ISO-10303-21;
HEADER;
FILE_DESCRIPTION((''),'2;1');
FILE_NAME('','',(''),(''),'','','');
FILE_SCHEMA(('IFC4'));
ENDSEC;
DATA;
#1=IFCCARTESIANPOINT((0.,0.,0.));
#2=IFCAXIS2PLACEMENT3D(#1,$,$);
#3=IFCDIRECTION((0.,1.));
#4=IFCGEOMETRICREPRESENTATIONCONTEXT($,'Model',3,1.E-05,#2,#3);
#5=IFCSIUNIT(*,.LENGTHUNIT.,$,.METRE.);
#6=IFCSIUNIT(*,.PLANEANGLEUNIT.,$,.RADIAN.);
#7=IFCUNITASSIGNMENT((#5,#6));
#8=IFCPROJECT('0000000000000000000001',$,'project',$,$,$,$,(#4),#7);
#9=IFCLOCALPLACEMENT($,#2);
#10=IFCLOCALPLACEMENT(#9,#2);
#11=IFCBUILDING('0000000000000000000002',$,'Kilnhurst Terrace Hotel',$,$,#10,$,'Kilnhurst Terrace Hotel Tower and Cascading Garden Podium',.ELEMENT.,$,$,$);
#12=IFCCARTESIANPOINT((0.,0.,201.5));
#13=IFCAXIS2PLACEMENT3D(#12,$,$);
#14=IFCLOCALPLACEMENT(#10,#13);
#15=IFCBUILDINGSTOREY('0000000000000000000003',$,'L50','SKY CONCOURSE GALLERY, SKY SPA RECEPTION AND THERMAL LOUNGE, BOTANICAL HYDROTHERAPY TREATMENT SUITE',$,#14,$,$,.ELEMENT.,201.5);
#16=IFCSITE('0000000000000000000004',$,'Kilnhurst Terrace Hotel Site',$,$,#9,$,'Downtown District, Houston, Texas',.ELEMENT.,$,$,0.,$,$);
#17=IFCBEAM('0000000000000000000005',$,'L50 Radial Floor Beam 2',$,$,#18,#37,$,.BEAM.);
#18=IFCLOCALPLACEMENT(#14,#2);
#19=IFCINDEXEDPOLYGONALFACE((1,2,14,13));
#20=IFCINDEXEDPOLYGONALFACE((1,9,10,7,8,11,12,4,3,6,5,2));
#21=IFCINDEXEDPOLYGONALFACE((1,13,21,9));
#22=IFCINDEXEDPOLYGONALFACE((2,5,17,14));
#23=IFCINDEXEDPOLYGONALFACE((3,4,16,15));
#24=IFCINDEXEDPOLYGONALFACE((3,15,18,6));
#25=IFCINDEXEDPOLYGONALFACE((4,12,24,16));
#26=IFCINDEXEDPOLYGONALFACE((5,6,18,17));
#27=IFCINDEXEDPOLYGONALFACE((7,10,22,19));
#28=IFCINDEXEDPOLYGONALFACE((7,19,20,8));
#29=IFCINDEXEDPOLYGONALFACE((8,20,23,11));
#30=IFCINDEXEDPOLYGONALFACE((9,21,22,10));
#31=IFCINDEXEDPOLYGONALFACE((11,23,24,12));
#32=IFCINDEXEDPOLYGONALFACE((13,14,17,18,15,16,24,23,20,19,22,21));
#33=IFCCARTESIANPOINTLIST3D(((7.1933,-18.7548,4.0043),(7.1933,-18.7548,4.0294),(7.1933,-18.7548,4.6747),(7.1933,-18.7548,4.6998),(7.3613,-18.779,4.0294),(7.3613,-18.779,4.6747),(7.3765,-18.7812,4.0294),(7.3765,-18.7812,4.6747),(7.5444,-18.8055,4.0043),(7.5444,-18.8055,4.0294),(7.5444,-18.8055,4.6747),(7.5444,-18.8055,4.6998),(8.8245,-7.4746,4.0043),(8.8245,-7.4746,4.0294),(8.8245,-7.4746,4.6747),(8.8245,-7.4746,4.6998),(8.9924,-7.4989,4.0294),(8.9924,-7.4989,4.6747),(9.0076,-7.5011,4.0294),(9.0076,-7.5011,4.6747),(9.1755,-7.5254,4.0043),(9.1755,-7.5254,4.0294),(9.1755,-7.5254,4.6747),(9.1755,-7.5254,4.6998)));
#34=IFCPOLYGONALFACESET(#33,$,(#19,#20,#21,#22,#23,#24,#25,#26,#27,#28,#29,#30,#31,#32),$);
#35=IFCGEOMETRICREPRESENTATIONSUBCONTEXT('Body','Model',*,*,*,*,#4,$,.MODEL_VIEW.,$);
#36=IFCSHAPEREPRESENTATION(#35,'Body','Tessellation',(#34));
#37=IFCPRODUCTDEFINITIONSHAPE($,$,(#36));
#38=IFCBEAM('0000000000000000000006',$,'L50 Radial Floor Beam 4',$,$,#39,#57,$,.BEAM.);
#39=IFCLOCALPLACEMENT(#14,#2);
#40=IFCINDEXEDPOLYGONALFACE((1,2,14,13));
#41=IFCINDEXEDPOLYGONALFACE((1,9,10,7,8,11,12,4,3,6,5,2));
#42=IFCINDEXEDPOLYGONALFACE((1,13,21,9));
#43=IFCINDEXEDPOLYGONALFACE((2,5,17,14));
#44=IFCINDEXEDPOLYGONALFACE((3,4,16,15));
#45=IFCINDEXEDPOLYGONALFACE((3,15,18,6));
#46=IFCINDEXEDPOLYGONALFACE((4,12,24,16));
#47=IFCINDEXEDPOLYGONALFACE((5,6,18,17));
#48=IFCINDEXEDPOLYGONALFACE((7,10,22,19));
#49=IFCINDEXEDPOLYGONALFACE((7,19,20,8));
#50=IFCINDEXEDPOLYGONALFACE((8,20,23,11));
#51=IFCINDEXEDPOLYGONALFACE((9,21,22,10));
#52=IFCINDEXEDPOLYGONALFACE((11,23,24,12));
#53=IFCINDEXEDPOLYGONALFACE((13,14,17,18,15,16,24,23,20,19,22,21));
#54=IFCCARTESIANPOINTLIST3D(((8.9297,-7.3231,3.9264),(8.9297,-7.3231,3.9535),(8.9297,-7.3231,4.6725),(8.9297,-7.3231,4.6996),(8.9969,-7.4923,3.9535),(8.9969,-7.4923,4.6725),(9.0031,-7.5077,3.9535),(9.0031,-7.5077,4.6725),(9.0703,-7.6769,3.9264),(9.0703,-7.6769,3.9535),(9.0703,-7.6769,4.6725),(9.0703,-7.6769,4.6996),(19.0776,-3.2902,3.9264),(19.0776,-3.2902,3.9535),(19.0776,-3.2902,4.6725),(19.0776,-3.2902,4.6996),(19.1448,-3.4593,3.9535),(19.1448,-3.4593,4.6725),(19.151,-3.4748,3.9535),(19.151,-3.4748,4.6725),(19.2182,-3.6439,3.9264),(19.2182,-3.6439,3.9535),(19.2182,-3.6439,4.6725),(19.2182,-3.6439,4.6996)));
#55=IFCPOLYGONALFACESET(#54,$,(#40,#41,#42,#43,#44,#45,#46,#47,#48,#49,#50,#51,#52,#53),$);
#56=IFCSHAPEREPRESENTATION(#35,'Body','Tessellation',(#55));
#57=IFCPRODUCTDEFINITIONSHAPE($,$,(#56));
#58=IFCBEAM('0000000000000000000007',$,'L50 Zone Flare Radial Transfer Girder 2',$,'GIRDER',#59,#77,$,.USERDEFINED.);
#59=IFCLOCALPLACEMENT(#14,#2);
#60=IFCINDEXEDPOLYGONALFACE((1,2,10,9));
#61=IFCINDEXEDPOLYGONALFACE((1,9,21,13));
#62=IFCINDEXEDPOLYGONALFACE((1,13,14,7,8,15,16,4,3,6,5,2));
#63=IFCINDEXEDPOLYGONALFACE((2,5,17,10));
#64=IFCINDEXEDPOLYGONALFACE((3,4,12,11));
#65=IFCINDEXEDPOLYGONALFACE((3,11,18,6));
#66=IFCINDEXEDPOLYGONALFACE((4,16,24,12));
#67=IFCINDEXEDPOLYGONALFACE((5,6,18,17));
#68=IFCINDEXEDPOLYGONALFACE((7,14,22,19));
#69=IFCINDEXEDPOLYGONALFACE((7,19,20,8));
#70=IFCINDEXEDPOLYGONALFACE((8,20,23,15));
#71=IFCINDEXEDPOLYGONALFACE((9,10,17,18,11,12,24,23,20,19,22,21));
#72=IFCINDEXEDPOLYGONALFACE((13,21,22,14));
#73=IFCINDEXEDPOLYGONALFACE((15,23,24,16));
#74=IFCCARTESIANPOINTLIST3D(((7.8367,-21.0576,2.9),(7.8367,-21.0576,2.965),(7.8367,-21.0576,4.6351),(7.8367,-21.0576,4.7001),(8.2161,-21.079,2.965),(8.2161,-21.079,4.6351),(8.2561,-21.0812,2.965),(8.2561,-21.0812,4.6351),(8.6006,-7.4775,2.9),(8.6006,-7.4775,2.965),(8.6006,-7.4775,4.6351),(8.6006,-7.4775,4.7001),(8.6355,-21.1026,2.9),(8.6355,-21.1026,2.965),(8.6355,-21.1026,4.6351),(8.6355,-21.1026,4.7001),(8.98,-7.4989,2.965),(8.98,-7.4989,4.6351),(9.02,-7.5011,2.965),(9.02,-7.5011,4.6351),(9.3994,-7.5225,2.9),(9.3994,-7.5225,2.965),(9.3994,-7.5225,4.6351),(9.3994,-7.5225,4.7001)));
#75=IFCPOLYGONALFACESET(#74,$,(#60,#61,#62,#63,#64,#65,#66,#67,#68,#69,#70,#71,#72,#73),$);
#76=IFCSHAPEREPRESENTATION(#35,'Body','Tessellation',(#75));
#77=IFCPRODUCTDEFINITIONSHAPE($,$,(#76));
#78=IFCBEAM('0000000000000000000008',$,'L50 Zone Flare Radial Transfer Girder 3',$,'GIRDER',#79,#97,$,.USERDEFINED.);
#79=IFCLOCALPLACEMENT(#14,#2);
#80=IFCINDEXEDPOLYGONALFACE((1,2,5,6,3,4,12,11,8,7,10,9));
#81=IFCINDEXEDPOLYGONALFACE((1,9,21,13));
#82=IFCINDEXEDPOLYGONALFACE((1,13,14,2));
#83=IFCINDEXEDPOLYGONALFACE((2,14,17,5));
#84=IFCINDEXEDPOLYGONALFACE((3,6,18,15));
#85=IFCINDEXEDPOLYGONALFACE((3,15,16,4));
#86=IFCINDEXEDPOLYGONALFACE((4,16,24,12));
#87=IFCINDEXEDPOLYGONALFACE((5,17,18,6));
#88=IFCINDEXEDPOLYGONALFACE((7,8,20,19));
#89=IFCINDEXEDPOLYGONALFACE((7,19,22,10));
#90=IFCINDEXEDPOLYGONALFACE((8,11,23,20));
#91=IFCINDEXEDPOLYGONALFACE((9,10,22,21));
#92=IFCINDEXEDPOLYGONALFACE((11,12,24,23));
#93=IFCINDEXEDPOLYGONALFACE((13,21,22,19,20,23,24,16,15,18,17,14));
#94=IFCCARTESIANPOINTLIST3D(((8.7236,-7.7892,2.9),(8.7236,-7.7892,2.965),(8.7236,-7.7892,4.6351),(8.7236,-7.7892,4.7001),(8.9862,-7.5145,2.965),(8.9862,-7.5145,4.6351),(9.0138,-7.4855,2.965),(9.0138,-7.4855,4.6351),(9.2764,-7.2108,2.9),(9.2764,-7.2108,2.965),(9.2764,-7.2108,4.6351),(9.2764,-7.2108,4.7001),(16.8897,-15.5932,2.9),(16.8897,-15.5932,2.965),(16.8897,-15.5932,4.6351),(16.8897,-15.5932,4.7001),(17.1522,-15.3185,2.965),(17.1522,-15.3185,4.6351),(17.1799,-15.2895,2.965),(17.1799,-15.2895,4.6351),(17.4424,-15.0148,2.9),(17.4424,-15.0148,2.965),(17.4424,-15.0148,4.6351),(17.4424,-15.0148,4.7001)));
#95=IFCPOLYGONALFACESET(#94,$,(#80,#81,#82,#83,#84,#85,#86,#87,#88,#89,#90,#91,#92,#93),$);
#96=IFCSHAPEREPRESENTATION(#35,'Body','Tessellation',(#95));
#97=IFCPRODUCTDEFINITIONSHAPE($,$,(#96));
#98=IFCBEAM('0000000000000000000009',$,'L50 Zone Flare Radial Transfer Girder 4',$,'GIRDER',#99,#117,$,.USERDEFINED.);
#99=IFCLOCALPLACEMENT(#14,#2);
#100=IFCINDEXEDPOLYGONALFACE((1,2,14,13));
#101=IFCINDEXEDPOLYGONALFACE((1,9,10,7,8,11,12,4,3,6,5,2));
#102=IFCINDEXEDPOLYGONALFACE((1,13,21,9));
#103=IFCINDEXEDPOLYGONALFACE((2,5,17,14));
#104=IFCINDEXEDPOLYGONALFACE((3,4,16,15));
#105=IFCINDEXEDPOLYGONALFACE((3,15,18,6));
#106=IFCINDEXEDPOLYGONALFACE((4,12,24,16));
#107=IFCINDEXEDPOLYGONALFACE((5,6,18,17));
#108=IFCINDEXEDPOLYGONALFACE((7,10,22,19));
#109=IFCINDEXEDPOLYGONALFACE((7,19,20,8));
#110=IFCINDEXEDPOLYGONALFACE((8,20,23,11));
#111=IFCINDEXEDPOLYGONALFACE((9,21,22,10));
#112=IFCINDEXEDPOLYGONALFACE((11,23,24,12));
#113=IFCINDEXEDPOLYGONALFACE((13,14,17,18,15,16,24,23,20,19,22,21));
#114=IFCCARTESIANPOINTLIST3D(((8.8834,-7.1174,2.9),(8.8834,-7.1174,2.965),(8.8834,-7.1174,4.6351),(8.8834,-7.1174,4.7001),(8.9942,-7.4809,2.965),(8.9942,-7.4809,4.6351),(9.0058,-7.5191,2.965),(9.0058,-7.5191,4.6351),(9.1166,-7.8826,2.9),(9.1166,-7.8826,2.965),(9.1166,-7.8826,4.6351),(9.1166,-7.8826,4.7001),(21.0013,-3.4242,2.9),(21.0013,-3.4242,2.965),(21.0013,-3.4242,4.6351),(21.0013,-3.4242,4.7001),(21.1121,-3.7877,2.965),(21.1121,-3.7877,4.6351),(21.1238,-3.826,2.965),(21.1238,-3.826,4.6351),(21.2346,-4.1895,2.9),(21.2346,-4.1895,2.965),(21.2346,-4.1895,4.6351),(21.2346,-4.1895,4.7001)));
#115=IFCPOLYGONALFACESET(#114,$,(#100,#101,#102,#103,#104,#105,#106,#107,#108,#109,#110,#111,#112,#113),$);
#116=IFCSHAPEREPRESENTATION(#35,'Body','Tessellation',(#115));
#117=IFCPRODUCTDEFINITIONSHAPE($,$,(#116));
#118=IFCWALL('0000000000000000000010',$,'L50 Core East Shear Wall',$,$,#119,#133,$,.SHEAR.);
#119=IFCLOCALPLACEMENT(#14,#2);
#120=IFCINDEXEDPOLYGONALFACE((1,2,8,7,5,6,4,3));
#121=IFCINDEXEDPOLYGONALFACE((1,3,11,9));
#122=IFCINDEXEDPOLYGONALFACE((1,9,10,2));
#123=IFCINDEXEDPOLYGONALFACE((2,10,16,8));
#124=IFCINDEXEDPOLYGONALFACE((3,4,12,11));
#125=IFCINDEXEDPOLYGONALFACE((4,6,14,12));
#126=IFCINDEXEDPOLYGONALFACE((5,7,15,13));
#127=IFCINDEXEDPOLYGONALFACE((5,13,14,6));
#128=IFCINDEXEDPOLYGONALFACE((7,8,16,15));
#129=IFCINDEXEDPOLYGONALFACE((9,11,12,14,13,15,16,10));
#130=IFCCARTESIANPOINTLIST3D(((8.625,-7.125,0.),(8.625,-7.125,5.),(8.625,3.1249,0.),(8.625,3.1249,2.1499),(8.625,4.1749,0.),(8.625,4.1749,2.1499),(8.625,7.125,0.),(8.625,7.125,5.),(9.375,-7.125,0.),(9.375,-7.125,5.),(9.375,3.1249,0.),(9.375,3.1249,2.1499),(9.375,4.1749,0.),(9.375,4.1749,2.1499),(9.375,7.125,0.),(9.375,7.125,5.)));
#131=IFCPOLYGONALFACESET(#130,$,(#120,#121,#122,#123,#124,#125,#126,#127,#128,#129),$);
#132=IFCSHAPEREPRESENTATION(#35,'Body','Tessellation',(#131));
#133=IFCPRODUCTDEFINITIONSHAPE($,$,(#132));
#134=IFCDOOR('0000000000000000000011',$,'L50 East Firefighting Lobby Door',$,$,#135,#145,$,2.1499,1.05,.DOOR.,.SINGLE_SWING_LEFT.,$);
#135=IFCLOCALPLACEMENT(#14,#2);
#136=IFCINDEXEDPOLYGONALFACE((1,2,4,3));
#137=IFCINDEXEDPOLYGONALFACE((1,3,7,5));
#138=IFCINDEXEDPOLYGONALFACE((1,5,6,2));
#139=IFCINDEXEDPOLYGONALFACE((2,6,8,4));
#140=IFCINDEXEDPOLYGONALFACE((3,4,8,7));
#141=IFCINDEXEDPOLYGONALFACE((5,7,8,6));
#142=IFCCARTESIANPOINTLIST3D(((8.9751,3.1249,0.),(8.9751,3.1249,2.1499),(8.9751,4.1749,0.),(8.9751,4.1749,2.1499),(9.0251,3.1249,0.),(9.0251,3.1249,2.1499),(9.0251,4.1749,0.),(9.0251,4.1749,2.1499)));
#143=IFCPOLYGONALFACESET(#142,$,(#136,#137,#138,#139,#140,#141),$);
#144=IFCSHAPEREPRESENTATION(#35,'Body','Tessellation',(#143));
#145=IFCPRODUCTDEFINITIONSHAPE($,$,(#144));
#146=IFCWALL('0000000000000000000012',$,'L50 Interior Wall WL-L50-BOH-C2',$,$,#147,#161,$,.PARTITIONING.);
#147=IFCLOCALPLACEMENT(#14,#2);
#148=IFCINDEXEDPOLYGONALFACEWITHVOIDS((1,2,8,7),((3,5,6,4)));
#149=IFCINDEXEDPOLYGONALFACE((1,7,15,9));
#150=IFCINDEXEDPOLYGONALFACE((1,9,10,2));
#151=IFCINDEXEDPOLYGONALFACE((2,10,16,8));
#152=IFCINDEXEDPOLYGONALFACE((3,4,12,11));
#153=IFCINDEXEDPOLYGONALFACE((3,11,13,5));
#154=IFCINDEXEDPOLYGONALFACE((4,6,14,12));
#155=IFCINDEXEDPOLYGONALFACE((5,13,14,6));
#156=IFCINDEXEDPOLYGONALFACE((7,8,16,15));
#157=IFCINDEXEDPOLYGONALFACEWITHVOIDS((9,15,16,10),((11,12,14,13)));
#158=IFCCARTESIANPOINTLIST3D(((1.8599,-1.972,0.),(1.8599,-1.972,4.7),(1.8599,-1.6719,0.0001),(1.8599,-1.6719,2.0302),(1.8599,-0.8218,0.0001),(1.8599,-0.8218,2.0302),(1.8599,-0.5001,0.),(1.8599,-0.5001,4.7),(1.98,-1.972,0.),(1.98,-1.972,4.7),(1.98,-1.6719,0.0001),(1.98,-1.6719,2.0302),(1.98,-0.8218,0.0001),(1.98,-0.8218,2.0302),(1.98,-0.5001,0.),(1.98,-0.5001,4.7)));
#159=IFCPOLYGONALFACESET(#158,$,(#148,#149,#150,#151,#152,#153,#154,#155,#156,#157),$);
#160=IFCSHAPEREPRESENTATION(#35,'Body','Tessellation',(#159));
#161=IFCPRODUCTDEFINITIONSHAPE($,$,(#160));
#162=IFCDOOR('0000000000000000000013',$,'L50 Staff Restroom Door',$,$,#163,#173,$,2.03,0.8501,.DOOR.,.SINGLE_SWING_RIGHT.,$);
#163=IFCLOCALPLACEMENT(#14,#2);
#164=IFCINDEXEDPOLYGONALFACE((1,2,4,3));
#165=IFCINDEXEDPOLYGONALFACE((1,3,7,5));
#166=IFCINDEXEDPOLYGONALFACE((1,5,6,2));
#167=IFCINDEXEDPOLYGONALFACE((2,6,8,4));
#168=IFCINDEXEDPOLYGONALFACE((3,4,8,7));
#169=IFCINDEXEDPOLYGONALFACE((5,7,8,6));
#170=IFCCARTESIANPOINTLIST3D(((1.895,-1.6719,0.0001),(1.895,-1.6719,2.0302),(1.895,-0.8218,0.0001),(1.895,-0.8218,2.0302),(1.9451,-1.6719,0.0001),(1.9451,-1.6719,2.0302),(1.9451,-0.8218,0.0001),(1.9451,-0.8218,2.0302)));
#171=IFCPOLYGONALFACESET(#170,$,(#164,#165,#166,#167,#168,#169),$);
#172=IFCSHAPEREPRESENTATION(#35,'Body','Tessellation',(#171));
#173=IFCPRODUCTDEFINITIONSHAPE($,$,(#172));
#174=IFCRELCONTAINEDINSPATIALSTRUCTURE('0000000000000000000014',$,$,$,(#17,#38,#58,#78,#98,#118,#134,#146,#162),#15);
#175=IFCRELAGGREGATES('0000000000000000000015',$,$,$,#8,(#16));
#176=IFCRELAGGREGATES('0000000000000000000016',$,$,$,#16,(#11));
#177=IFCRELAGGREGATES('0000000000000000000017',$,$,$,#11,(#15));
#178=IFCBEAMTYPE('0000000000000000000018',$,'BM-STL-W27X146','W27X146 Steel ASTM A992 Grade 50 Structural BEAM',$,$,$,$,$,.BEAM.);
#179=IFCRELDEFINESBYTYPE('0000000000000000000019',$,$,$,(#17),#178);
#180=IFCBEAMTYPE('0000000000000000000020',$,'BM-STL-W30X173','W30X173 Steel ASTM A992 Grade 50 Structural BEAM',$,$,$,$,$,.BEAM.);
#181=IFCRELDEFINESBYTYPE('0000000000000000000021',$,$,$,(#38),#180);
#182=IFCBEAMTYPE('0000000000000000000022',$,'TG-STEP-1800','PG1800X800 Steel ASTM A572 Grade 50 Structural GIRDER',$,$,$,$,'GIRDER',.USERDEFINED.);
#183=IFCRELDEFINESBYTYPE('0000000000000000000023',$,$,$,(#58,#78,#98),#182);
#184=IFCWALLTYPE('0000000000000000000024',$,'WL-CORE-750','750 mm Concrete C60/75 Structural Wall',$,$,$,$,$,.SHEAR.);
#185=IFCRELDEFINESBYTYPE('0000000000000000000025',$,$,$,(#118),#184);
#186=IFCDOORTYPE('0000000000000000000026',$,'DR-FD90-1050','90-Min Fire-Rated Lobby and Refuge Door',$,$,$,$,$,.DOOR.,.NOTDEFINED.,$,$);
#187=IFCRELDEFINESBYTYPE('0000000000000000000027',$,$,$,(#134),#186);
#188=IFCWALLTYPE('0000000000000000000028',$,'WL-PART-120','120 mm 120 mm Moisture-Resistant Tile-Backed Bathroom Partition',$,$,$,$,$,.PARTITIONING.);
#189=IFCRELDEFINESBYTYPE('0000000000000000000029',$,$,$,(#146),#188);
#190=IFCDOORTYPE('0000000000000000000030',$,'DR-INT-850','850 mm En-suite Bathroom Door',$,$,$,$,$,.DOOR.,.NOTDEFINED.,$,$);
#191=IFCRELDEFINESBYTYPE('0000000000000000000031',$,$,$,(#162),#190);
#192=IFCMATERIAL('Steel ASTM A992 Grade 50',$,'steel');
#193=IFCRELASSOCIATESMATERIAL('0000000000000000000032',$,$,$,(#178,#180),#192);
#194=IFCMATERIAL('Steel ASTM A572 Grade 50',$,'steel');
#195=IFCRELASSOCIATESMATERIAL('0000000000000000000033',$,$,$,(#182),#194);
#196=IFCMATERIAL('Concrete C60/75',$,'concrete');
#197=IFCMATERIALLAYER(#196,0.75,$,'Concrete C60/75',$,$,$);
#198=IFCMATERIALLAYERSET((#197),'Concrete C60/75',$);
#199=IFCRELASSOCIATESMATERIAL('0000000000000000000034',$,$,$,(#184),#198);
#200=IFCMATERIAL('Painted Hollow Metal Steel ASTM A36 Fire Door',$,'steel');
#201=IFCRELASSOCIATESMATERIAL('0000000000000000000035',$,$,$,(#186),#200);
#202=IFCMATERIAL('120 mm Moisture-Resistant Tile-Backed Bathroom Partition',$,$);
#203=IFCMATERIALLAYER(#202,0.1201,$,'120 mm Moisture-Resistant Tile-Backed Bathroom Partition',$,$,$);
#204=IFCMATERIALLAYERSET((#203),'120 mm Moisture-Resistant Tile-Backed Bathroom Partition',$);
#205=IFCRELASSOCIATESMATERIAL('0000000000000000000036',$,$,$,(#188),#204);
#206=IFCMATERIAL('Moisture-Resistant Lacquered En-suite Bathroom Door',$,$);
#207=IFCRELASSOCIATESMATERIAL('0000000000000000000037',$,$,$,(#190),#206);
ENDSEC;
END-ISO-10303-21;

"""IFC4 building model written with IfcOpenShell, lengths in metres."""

from ifc_helpers import new_model, si_unit, direction, frame, frame_2d, origin, origin_2d, place, context, subcontext, project, spatial, rectangle, i_section, extrude, material, layer, layer_set, material_profile, profile_set, type_object, element, fill, save


model = new_model("IFC4")

# Units and contexts
model_context = context("Model", 3, precision=1e-05, world=origin(), true_north=direction((0.0, 1.0)))
body_context = subcontext(model_context, "Body", "Model", "MODEL_VIEW")
ifc_project = project(units=[si_unit("LENGTHUNIT", "METRE"), si_unit("PLANEANGLEUNIT", "RADIAN")], contexts=[model_context])

# Site, building, storey
site_placement = place(None, origin())
site = spatial("IfcSite", under=ifc_project, at=site_placement, Name="Kilnhurst Terrace Hotel Site", LongName="Downtown District, Houston, Texas", CompositionType="ELEMENT", RefElevation=0.0)
building_placement = place(site_placement, origin())
building = spatial("IfcBuilding", under=site, at=building_placement, Name="Kilnhurst Terrace Hotel", LongName="Kilnhurst Terrace Hotel Tower and Cascading Garden Podium", CompositionType="ELEMENT")
storey_placement = place(building_placement, frame((0.0, 0.0, 201.5)))
storey = spatial("IfcBuildingStorey", under=building, at=storey_placement, Name="L50", Description="SKY CONCOURSE GALLERY, SKY SPA RECEPTION AND THERMAL LOUNGE, BOTANICAL HYDROTHERAPY TREATMENT SUITE", CompositionType="ELEMENT", Elevation=201.5)

# Beams
ifc_material_1 = material(Name="Steel ASTM A992 Grade 50", Category="steel")
ifc_material_profile_1 = material_profile(ifc_material_1, i_section(OverallWidth=0.3547, OverallDepth=0.6956, WebThickness=0.0154, FlangeThickness=0.0251, at=origin_2d()), Name="W27X146")
ifc_profile_set_1 = profile_set([ifc_material_profile_1], Name="Steel ASTM A992 Grade 50")
beam_type_1 = type_object("IfcBeamType", Name="BM-STL-W27X146", Description="W27X146 Steel ASTM A992 Grade 50 Structural BEAM", PredefinedType="BEAM", material=ifc_profile_set_1)
beam_1_placement = place(storey_placement, frame((9.0, -7.5, 4.3521), z_axis=(-0.143113, -0.989706, 0.0), x_axis=(0.989706, -0.143113, 0.0)))
element("IfcBeam", 1, at=beam_1_placement, inside=storey, type_object=beam_type_1, Name="L50 Radial Floor Beam 2", PredefinedType="BEAM", context=body_context, shape_type="SweptSolid", body=[
    extrude(i_section(OverallWidth=0.3547, OverallDepth=0.6956, WebThickness=0.0154, FlangeThickness=0.0251, at=origin_2d()), origin(), (0.0, 0.0, 1.0), 11.3975),
])
ifc_material_profile_2 = material_profile(ifc_material_1, i_section(OverallWidth=0.3806, OverallDepth=0.7732, WebThickness=0.0166, FlangeThickness=0.0271, at=origin_2d()), Name="W30X173")
ifc_profile_set_2 = profile_set([ifc_material_profile_2], Name="Steel ASTM A992 Grade 50")
beam_type_2 = type_object("IfcBeamType", Name="BM-STL-W30X173", Description="W30X173 Steel ASTM A992 Grade 50 Structural BEAM", PredefinedType="BEAM", material=ifc_profile_set_2)
beam_2_placement = place(storey_placement, frame((9.0, -7.5, 4.313), z_axis=(0.929302, 0.36932, 0.0), x_axis=(-0.36932, 0.929302, 0.0)))
element("IfcBeam", 2, at=beam_2_placement, inside=storey, type_object=beam_type_2, Name="L50 Radial Floor Beam 4", PredefinedType="BEAM", context=body_context, shape_type="SweptSolid", body=[
    extrude(i_section(OverallWidth=0.3806, OverallDepth=0.7732, WebThickness=0.0166, FlangeThickness=0.0271, at=origin_2d()), origin(), (0.0, 0.0, 1.0), 10.9199),
])
ifc_material_2 = material(Name="Steel ASTM A572 Grade 50", Category="steel")
ifc_material_profile_3 = material_profile(ifc_material_2, i_section(OverallWidth=0.8, OverallDepth=1.8, WebThickness=0.04, FlangeThickness=0.0649, at=origin_2d()), Name="PG1800X800")
ifc_profile_set_3 = profile_set([ifc_material_profile_3], Name="Steel ASTM A572 Grade 50")
beam_type_3 = type_object("IfcBeamType", Name="TG-STEP-1800", Description="PG1800X800 Steel ASTM A572 Grade 50 Structural GIRDER", ElementType="GIRDER", PredefinedType="USERDEFINED", material=ifc_profile_set_3)
beam_3_placement = place(storey_placement, frame((9.0, -7.5, 3.8), z_axis=(-0.056164, -0.998422, 0.0), x_axis=(0.998422, -0.056164, 0.0)))
element("IfcBeam", 3, at=beam_3_placement, inside=storey, type_object=beam_type_3, Name="L50 Zone Flare Radial Transfer Girder 2", ObjectType="GIRDER", PredefinedType="USERDEFINED", context=body_context, shape_type="SweptSolid", body=[
    extrude(i_section(OverallWidth=0.8, OverallDepth=1.8, WebThickness=0.04, FlangeThickness=0.0649, at=origin_2d()), origin(), (0.0, 0.0, 1.0), 13.6016),
])
beam_4_placement = place(storey_placement, frame((9.0, -7.5, 3.8), z_axis=(0.722952, -0.690898, 0.0), x_axis=(0.690898, 0.722952, 0.0)))
element("IfcBeam", 4, at=beam_4_placement, inside=storey, type_object=beam_type_3, Name="L50 Zone Flare Radial Transfer Girder 3", ObjectType="GIRDER", PredefinedType="USERDEFINED", context=body_context, shape_type="SweptSolid", body=[
    extrude(i_section(OverallWidth=0.8, OverallDepth=1.8, WebThickness=0.04, FlangeThickness=0.0649, at=origin_2d()), origin(), (0.0, 0.0, 1.0), 11.2954),
])
beam_5_placement = place(storey_placement, frame((9.0, -7.5, 3.8), z_axis=(0.956563, 0.291527, 0.0), x_axis=(-0.291527, 0.956563, 0.0)))
element("IfcBeam", 5, at=beam_5_placement, inside=storey, type_object=beam_type_3, Name="L50 Zone Flare Radial Transfer Girder 4", ObjectType="GIRDER", PredefinedType="USERDEFINED", context=body_context, shape_type="SweptSolid", body=[
    extrude(i_section(OverallWidth=0.8, OverallDepth=1.8, WebThickness=0.04, FlangeThickness=0.0649, at=origin_2d()), origin(), (0.0, 0.0, 1.0), 12.6682),
])

# Walls, openings, doors
ifc_material_3 = material(Name="Concrete C60/75", Category="concrete")
ifc_layer_1 = layer(ifc_material_3, 0.75, Name="Concrete C60/75")
ifc_layer_set_1 = layer_set([ifc_layer_1], Name="Concrete C60/75")
wall_type_1 = type_object("IfcWallType", Name="WL-CORE-750", Description="750 mm Concrete C60/75 Structural Wall", PredefinedType="SHEAR", material=ifc_layer_set_1)
wall_1_placement = place(storey_placement, frame((9.0, -7.125, 0.0), z_axis=(0.0, 0.0, 1.0), x_axis=(0.0, 1.0, 0.0)))
wall_1 = element("IfcWall", 6, at=wall_1_placement, inside=storey, type_object=wall_type_1, Name="L50 Core East Shear Wall", PredefinedType="SHEAR", context=body_context, shape_type="SweptSolid", body=[
    extrude(rectangle(XDim=14.25, YDim=0.75, at=frame_2d((7.125, 0.0))), origin(), (0.0, 0.0, 1.0), 5.0),
])
opening_1_placement = place(wall_1_placement, frame((10.25, 0.0, 0.0)))
opening_1 = element("IfcOpeningElement", 7, at=opening_1_placement, cuts=wall_1, PredefinedType="OPENING", context=body_context, shape_type="SweptSolid", body=[
    extrude(rectangle(XDim=1.05, YDim=2.1499, at=frame_2d((0.5249, 1.075))), frame((0.0, 0.385, 0.0), z_axis=(0.0, -1.0, 0.0), x_axis=(1.0, 0.0, 0.0)), (0.0, 0.0, 1.0), 0.77),
])
ifc_material_4 = material(Name="Painted Hollow Metal Steel ASTM A36 Fire Door", Category="steel")
door_type_1 = type_object("IfcDoorType", Name="DR-FD90-1050", Description="90-Min Fire-Rated Lobby and Refuge Door", OperationType="NOTDEFINED", PredefinedType="DOOR", material=ifc_material_4)
door_1_placement = place(opening_1_placement, origin())
door_1 = element("IfcDoor", 8, at=door_1_placement, inside=storey, type_object=door_type_1, Name="L50 East Firefighting Lobby Door", OperationType="SINGLE_SWING_LEFT", OverallHeight=2.1499, OverallWidth=1.05, PredefinedType="DOOR", context=body_context, shape_type="SweptSolid", body=[
    extrude(rectangle(XDim=1.05, YDim=2.1499, at=frame_2d((0.5249, 1.075))), frame((0.0, 0.0249, 0.0), z_axis=(0.0, -1.0, 0.0), x_axis=(1.0, 0.0, 0.0)), (0.0, 0.0, 1.0), 0.05),
])
fill(opening_1, door_1)
ifc_material_5 = material(Name="120 mm Moisture-Resistant Tile-Backed Bathroom Partition")
ifc_layer_2 = layer(ifc_material_5, 0.1201, Name="120 mm Moisture-Resistant Tile-Backed Bathroom Partition")
ifc_layer_set_2 = layer_set([ifc_layer_2], Name="120 mm Moisture-Resistant Tile-Backed Bathroom Partition")
wall_type_2 = type_object("IfcWallType", Name="WL-PART-120", Description="120 mm 120 mm Moisture-Resistant Tile-Backed Bathroom Partition", PredefinedType="PARTITIONING", material=ifc_layer_set_2)
wall_2_placement = place(storey_placement, frame((1.9199, -1.9719, 0.0), z_axis=(0.0, 0.0, 1.0), x_axis=(0.0, 1.0, 0.0)))
wall_2 = element("IfcWall", 9, at=wall_2_placement, inside=storey, type_object=wall_type_2, Name="L50 Interior Wall WL-L50-BOH-C2", PredefinedType="PARTITIONING", context=body_context, shape_type="SweptSolid", body=[
    extrude(rectangle(XDim=1.4719, YDim=0.1201, at=frame_2d((0.7358, 0.0))), origin(), (0.0, 0.0, 1.0), 4.7),
])
opening_2_placement = place(wall_2_placement, frame((0.3, 0.0, 0.0)))
opening_2 = element("IfcOpeningElement", 10, at=opening_2_placement, cuts=wall_2, PredefinedType="OPENING", context=body_context, shape_type="SweptSolid", body=[
    extrude(rectangle(XDim=0.8501, YDim=2.03, at=frame_2d((0.425, 1.0151))), frame((0.0, 0.0701, 0.0), z_axis=(0.0, -1.0, 0.0), x_axis=(1.0, 0.0, 0.0)), (0.0, 0.0, 1.0), 0.1401),
])
ifc_material_6 = material(Name="Moisture-Resistant Lacquered En-suite Bathroom Door")
door_type_2 = type_object("IfcDoorType", Name="DR-INT-850", Description="850 mm En-suite Bathroom Door", OperationType="NOTDEFINED", PredefinedType="DOOR", material=ifc_material_6)
door_2_placement = place(opening_2_placement, origin())
door_2 = element("IfcDoor", 11, at=door_2_placement, inside=storey, type_object=door_type_2, Name="L50 Staff Restroom Door", OperationType="SINGLE_SWING_RIGHT", OverallHeight=2.03, OverallWidth=0.8501, PredefinedType="DOOR", context=body_context, shape_type="SweptSolid", body=[
    extrude(rectangle(XDim=0.8501, YDim=2.03, at=frame_2d((0.425, 1.0151))), frame((0.0, 0.0249, 0.0), z_axis=(0.0, -1.0, 0.0), x_axis=(1.0, 0.0, 0.0)), (0.0, 0.0, 1.0), 0.05),
])
fill(opening_2, door_2)

save(model, "model.ifc")
